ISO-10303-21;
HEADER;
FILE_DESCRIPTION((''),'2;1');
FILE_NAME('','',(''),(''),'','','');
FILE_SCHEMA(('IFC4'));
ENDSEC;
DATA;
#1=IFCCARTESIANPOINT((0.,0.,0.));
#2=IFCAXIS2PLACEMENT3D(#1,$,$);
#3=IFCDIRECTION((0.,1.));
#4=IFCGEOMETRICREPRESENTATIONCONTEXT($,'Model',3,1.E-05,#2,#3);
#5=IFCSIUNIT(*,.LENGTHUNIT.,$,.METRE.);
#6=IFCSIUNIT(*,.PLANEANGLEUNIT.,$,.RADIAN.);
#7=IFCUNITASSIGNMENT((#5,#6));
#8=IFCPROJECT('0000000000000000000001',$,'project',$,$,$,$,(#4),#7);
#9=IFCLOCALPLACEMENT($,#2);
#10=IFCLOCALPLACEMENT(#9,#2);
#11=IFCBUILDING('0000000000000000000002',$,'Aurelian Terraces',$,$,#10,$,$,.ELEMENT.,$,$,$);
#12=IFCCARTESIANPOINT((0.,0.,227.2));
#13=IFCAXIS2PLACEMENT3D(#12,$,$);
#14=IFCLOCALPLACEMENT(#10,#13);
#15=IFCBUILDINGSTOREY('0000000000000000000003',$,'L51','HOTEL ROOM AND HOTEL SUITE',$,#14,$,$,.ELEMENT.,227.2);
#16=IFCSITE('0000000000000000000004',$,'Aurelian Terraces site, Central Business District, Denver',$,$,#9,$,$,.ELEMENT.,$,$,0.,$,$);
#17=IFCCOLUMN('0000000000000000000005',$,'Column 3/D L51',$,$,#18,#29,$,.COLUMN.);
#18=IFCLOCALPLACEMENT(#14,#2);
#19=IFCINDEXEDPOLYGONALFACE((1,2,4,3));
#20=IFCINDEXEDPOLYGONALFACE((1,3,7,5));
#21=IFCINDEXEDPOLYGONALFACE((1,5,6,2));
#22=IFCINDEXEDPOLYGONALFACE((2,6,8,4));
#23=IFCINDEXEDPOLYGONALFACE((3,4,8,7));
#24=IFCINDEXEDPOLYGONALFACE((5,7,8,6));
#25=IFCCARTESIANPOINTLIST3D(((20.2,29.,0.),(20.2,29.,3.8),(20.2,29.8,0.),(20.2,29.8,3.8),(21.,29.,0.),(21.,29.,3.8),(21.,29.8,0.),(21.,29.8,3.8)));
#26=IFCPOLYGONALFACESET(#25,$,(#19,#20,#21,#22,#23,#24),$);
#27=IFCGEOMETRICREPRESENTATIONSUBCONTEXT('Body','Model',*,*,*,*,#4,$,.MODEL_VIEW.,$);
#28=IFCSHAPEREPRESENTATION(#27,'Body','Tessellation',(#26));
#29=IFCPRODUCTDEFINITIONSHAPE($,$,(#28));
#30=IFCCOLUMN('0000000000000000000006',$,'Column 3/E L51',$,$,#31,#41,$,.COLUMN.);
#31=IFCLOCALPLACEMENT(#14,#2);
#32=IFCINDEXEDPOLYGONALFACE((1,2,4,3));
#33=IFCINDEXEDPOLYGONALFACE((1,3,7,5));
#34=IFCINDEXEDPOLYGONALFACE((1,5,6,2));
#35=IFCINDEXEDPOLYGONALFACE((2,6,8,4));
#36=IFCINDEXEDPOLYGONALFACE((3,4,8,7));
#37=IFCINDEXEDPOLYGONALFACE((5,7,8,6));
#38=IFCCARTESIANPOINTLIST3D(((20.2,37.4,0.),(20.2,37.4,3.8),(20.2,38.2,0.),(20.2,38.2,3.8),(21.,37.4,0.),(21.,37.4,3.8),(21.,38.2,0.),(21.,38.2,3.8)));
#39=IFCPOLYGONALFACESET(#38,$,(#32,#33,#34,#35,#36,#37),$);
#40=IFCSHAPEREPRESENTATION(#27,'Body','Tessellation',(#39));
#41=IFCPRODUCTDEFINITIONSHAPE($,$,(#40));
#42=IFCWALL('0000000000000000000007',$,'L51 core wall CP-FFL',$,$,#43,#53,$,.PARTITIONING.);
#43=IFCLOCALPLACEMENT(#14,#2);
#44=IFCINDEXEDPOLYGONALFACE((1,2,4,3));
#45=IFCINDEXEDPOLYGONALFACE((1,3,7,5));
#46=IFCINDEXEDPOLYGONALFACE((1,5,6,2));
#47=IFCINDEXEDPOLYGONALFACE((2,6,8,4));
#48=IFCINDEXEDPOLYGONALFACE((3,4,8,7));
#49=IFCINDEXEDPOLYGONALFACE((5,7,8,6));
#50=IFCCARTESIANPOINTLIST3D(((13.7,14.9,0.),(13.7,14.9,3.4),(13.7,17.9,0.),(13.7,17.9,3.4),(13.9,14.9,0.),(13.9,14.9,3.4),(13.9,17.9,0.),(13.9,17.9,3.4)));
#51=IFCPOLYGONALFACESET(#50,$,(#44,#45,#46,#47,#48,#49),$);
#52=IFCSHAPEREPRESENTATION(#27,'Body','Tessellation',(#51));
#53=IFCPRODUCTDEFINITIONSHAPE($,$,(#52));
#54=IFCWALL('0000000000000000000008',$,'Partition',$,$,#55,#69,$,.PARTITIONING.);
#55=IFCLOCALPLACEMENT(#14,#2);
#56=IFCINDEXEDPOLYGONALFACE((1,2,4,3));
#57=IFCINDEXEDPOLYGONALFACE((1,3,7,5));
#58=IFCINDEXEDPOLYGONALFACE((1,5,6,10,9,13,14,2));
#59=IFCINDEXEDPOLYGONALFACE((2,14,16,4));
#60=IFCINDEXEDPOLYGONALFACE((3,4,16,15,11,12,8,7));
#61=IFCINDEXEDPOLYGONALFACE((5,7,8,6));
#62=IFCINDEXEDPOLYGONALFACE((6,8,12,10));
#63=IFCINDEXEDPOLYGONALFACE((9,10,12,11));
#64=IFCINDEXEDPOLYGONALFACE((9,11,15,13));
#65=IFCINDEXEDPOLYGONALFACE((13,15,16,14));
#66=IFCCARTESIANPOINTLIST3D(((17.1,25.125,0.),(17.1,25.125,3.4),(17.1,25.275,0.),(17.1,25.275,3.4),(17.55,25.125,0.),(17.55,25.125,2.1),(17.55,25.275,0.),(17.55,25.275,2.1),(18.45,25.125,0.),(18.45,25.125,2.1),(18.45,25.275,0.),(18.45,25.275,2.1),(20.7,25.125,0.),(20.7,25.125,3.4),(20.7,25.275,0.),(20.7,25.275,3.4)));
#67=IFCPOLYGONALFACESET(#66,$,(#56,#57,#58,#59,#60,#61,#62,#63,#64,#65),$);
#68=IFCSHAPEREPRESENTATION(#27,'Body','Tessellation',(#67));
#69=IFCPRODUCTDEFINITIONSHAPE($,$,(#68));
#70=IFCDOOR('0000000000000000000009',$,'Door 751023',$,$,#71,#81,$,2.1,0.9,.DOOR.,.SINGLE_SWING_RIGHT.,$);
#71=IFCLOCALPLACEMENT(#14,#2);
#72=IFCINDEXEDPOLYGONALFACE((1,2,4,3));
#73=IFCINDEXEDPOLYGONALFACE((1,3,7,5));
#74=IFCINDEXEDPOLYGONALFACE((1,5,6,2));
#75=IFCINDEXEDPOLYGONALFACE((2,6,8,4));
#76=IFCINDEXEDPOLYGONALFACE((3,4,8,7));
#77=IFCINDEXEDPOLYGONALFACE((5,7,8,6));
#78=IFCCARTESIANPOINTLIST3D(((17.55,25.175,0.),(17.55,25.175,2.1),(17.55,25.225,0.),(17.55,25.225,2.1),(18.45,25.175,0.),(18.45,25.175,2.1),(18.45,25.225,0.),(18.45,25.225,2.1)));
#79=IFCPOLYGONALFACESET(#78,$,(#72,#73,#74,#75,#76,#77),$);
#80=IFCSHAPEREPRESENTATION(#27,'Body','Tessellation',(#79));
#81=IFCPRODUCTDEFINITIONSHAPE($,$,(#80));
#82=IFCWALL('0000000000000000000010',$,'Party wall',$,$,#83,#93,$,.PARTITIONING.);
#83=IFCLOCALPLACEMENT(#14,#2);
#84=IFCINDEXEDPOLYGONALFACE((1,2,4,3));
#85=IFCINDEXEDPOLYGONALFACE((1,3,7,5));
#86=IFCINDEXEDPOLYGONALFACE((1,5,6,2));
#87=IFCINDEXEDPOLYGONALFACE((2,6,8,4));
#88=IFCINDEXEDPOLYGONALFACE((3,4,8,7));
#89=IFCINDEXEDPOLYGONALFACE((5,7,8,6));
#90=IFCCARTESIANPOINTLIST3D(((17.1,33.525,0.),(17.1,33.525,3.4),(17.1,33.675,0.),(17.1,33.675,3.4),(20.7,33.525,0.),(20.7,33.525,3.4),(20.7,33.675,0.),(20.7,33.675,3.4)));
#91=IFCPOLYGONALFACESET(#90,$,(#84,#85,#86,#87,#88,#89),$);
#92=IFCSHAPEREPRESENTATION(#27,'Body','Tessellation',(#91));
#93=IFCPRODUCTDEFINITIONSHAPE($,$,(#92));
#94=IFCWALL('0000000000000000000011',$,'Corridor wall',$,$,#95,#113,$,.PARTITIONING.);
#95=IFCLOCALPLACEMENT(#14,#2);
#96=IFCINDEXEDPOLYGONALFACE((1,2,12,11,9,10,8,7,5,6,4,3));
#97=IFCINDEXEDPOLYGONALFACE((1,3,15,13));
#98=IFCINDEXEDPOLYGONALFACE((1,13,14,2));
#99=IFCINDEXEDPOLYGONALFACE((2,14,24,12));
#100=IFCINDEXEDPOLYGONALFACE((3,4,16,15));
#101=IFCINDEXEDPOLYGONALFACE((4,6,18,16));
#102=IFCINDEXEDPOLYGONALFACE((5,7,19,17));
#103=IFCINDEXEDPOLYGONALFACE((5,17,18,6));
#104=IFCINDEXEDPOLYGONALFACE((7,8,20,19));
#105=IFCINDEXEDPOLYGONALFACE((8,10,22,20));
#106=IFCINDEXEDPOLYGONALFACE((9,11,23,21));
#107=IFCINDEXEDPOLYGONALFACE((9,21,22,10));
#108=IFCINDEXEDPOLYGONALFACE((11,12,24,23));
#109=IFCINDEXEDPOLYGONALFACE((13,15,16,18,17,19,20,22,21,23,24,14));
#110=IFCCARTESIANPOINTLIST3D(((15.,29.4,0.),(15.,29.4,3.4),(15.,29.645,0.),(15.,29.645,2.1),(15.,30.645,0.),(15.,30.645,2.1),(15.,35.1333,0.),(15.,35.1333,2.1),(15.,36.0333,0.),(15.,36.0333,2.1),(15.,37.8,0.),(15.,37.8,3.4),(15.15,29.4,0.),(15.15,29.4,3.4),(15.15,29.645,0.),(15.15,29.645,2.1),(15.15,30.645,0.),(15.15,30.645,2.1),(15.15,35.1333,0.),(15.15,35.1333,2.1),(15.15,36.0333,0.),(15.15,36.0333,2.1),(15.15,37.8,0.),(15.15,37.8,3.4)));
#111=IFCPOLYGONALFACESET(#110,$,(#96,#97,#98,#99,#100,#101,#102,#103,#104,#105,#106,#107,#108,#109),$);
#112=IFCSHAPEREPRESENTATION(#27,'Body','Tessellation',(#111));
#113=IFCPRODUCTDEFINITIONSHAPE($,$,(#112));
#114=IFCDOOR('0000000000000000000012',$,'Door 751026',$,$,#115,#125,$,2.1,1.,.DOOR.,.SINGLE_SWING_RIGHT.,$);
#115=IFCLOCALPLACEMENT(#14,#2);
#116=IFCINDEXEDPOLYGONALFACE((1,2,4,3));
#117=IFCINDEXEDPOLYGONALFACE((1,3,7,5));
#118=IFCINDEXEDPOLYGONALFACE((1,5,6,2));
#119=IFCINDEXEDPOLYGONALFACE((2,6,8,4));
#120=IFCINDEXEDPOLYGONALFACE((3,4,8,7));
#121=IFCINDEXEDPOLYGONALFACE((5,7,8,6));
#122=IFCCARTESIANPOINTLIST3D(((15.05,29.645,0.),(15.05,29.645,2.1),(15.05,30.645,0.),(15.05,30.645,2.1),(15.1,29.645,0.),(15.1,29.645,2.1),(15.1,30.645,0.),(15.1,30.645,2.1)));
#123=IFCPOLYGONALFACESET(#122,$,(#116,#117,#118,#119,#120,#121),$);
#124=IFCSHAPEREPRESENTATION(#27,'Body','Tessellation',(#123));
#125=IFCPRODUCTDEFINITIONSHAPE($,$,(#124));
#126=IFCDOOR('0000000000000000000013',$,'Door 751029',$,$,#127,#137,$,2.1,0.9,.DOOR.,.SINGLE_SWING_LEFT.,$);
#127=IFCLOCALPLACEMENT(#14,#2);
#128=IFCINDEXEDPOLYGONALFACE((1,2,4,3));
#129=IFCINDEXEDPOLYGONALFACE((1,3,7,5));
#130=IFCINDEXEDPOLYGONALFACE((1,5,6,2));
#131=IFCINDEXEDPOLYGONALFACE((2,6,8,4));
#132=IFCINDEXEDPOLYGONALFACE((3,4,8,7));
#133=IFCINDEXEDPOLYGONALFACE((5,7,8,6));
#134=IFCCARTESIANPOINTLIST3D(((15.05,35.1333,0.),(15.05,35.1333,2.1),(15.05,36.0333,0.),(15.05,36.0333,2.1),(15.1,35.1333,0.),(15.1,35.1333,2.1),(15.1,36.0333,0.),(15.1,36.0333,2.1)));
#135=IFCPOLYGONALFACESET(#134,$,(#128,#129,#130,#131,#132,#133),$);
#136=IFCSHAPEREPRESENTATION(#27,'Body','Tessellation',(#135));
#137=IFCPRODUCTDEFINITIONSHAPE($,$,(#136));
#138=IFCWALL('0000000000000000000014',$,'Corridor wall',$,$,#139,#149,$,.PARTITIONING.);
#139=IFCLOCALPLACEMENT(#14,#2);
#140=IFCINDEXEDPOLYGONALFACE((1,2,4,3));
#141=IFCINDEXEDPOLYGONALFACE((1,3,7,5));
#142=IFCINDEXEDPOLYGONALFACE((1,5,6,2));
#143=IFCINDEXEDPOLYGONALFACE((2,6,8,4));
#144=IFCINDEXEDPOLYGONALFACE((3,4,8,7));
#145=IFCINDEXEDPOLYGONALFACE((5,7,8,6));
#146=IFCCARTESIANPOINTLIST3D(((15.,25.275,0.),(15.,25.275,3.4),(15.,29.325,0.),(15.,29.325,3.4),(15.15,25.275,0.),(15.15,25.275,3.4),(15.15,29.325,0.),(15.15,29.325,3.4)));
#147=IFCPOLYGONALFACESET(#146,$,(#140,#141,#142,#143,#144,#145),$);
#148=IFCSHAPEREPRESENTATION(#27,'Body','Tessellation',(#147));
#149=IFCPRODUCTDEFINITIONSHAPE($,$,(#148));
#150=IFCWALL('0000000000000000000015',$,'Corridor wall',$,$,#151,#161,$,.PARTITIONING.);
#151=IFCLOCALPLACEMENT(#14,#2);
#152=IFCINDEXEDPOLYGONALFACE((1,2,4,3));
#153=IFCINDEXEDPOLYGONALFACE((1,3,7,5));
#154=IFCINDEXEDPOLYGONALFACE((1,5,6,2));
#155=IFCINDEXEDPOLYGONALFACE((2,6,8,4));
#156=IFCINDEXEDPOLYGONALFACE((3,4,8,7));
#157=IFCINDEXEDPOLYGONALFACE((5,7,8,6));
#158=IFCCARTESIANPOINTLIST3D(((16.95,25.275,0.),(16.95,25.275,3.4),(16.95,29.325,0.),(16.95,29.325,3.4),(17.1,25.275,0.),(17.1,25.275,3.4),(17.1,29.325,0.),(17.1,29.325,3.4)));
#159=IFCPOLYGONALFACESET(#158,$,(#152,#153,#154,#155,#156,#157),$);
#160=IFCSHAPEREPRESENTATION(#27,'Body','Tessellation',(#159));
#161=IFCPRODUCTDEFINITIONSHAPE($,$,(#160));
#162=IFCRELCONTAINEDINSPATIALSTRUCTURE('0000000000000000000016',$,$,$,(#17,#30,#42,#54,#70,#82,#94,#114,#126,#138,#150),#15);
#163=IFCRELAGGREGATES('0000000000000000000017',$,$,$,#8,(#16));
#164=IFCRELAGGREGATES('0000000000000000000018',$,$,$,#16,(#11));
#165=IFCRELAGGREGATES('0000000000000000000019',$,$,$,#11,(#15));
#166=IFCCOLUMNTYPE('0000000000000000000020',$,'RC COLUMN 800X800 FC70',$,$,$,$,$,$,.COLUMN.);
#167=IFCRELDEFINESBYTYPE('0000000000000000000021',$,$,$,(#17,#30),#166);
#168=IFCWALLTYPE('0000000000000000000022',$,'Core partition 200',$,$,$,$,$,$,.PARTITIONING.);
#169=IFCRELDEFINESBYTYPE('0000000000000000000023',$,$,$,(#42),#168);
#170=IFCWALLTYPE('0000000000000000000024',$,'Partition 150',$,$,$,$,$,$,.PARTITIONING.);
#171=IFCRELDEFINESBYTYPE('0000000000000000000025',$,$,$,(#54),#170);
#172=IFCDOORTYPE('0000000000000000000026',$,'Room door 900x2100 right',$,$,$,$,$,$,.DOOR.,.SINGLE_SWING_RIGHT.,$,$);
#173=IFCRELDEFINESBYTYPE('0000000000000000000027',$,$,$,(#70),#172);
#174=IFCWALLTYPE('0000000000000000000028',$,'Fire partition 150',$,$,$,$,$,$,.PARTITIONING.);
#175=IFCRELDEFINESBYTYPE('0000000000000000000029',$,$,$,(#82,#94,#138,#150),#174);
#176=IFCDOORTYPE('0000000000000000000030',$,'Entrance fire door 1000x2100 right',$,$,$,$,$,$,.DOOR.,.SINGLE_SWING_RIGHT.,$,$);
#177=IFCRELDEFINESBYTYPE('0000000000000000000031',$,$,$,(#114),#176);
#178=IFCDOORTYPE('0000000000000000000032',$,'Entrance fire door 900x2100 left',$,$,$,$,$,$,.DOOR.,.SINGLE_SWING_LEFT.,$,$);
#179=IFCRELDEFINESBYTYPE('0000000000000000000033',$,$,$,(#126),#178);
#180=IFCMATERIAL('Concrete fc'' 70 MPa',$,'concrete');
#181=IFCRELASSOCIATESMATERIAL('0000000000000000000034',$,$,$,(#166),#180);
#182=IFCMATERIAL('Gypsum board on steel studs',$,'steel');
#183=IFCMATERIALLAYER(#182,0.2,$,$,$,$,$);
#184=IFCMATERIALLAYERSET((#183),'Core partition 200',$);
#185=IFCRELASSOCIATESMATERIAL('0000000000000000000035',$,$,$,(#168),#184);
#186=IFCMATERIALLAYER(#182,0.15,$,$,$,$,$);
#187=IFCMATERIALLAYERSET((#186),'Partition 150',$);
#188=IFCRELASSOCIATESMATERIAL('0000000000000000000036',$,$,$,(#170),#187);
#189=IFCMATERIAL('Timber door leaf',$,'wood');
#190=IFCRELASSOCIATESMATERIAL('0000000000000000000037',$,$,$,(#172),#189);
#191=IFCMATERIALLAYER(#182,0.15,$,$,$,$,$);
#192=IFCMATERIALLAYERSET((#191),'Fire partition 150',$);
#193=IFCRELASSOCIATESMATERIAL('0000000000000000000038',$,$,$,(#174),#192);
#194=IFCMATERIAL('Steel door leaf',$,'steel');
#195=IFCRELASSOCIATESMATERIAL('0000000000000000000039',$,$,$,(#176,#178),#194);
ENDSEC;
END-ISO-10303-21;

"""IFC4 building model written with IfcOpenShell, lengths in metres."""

from ifc_helpers import new_model, si_unit, direction, frame, frame_2d, origin, origin_2d, place, context, subcontext, project, spatial, rectangle, extrude, source, transform, mapped, material, layer, layer_set, material_profile, profile_set, type_object, element, fill, save


model = new_model("IFC4")

# Units and contexts
model_context = context("Model", 3, precision=1e-05, world=origin(), true_north=direction((0.0, 1.0)))
body_context = subcontext(model_context, "Body", "Model", "MODEL_VIEW")
ifc_project = project(units=[si_unit("LENGTHUNIT", "METRE"), si_unit("PLANEANGLEUNIT", "RADIAN")], contexts=[model_context])

# Site, building, storey
site_placement = place(None, origin())
site = spatial("IfcSite", under=ifc_project, at=site_placement, Name="Aurelian Terraces site, Central Business District, Denver", CompositionType="ELEMENT", RefElevation=0.0)
building_placement = place(site_placement, origin())
building = spatial("IfcBuilding", under=site, at=building_placement, Name="Aurelian Terraces", CompositionType="ELEMENT")
storey_placement = place(building_placement, frame((0.0, 0.0, 227.2)))
storey = spatial("IfcBuildingStorey", under=building, at=storey_placement, Name="L51", Description="HOTEL ROOM AND HOTEL SUITE", CompositionType="ELEMENT", Elevation=227.2)

# Columns
ifc_material_1 = material(Name="Concrete fc' 70 MPa", Category="concrete")
ifc_material_profile = material_profile(ifc_material_1, rectangle(XDim=0.8, YDim=0.8, at=origin_2d()))
ifc_profile_set = profile_set([ifc_material_profile], Name="Concrete fc' 70 MPa")
column_type = type_object("IfcColumnType", Name="RC COLUMN 800X800 FC70", PredefinedType="COLUMN", material=ifc_profile_set)
shared_shape_1 = source(origin(), body_context, "Body", "SweptSolid", [
    extrude(rectangle(XDim=0.8, YDim=0.8, at=origin_2d()), origin(), (0.0, 0.0, 1.0), 3.8),
])
for number, where, z_axis, x_axis, name in (
    (1, (20.6, 29.4, 0.0), (0.0, 0.0, 1.0), (1.0, 0.0, 0.0), "Column 3/D L51"),
    (2, (20.6, 37.8, 0.0), (0.0, 0.0, 1.0), (1.0, 0.0, 0.0), "Column 3/E L51"),
):
    element("IfcColumn", number, at=place(storey_placement, frame(where, z_axis=z_axis, x_axis=x_axis)), inside=storey, type_object=column_type, Name=name, PredefinedType="COLUMN", context=body_context, shape_type="MappedRepresentation", body=[
        mapped(shared_shape_1, transform((0.0, 0.0, 0.0), scale=1.0)),
    ])

# Wall
ifc_material_2 = material(Name="Gypsum board on steel studs", Category="steel")
ifc_layer_1 = layer(ifc_material_2, 0.2)
ifc_layer_set_1 = layer_set([ifc_layer_1], Name="Core partition 200")
wall_type_1 = type_object("IfcWallType", Name="Core partition 200", PredefinedType="PARTITIONING", material=ifc_layer_set_1)
shared_shape_2 = source(origin(), body_context, "Body", "SweptSolid", [
    extrude(rectangle(XDim=3.0, YDim=0.2, at=frame_2d((1.5, 0.0))), origin(), (0.0, 0.0, 1.0), 3.4),
])
wall_1_placement = place(storey_placement, frame((13.8, 14.9, 0.0), z_axis=(0.0, 0.0, 1.0), x_axis=(0.0, 1.0, 0.0)))
element("IfcWall", 3, at=wall_1_placement, inside=storey, type_object=wall_type_1, Name="L51 core wall CP-FFL", PredefinedType="PARTITIONING", context=body_context, shape_type="MappedRepresentation", body=[
    mapped(shared_shape_2, transform((0.0, 0.0, 0.0), scale=1.0)),
])

# Wall, opening, door
ifc_layer_2 = layer(ifc_material_2, 0.15)
ifc_layer_set_2 = layer_set([ifc_layer_2], Name="Partition 150")
wall_type_2 = type_object("IfcWallType", Name="Partition 150", PredefinedType="PARTITIONING", material=ifc_layer_set_2)
shared_shape_3 = source(origin(), body_context, "Body", "SweptSolid", [
    extrude(rectangle(XDim=3.6, YDim=0.15, at=frame_2d((1.8, 0.0))), origin(), (0.0, 0.0, 1.0), 3.4),
])
wall_2_placement = place(storey_placement, frame((17.1, 25.2, 0.0), z_axis=(0.0, 0.0, 1.0), x_axis=(1.0, 0.0, 0.0)))
wall_2 = element("IfcWall", 4, at=wall_2_placement, inside=storey, type_object=wall_type_2, Name="Partition", PredefinedType="PARTITIONING", context=body_context, shape_type="MappedRepresentation", body=[
    mapped(shared_shape_3, transform((0.0, 0.0, 0.0), scale=1.0)),
])
shared_shape_4 = source(origin(), body_context, "Body", "SweptSolid", [
    extrude(rectangle(XDim=0.9, YDim=2.1, at=frame_2d((0.45, 1.05))), frame((0.0, 0.085, 0.0), z_axis=(0.0, -1.0, 0.0), x_axis=(1.0, 0.0, 0.0)), (0.0, 0.0, 1.0), 0.17),
])
opening_1_placement = place(wall_2_placement, frame((0.45, 0.0, 0.0)))
opening_1 = element("IfcOpeningElement", 5, at=opening_1_placement, cuts=wall_2, PredefinedType="OPENING", context=body_context, shape_type="MappedRepresentation", body=[
    mapped(shared_shape_4, transform((0.0, 0.0, 0.0), scale=1.0)),
])
ifc_material_3 = material(Name="Timber door leaf", Category="wood")
door_type_1 = type_object("IfcDoorType", Name="Room door 900x2100 right", OperationType="SINGLE_SWING_RIGHT", PredefinedType="DOOR", material=ifc_material_3)
shared_shape_5 = source(origin(), body_context, "Body", "SweptSolid", [
    extrude(rectangle(XDim=0.9, YDim=2.1, at=frame_2d((0.45, 1.05))), frame((0.0, 0.025, 0.0), z_axis=(0.0, -1.0, 0.0), x_axis=(1.0, 0.0, 0.0)), (0.0, 0.0, 1.0), 0.05),
])
door_1_placement = place(opening_1_placement, origin())
door_1 = element("IfcDoor", 6, at=door_1_placement, inside=storey, type_object=door_type_1, Name="Door 751023", OperationType="SINGLE_SWING_RIGHT", OverallHeight=2.1, OverallWidth=0.9, PredefinedType="DOOR", context=body_context, shape_type="MappedRepresentation", body=[
    mapped(shared_shape_5, transform((0.0, 0.0, 0.0), scale=1.0)),
])
fill(opening_1, door_1)

# Wall
ifc_layer_3 = layer(ifc_material_2, 0.15)
ifc_layer_set_3 = layer_set([ifc_layer_3], Name="Fire partition 150")
wall_type_3 = type_object("IfcWallType", Name="Fire partition 150", PredefinedType="PARTITIONING", material=ifc_layer_set_3)
wall_3_placement = place(storey_placement, frame((20.7, 33.6, 0.0), z_axis=(0.0, 0.0, 1.0), x_axis=(-1.0, 0.0, 0.0)))
element("IfcWall", 7, at=wall_3_placement, inside=storey, type_object=wall_type_3, Name="Party wall", PredefinedType="PARTITIONING", context=body_context, shape_type="MappedRepresentation", body=[
    mapped(shared_shape_3, transform((0.0, 0.0, 0.0), scale=1.0)),
])

# Wall, openings, doors
shared_shape_6 = source(origin(), body_context, "Body", "SweptSolid", [
    extrude(rectangle(XDim=8.4, YDim=0.15, at=frame_2d((4.2, 0.0))), origin(), (0.0, 0.0, 1.0), 3.4),
])
wall_4_placement = place(storey_placement, frame((15.075, 29.4, 0.0), z_axis=(0.0, 0.0, 1.0), x_axis=(0.0, 1.0, 0.0)))
wall_4 = element("IfcWall", 8, at=wall_4_placement, inside=storey, type_object=wall_type_3, Name="Corridor wall", PredefinedType="PARTITIONING", context=body_context, shape_type="MappedRepresentation", body=[
    mapped(shared_shape_6, transform((0.0, 0.0, 0.0), scale=1.0)),
])
shared_shape_7 = source(origin(), body_context, "Body", "SweptSolid", [
    extrude(rectangle(XDim=1.0, YDim=2.1, at=frame_2d((0.5, 1.05))), frame((0.0, 0.085, 0.0), z_axis=(0.0, -1.0, 0.0), x_axis=(1.0, 0.0, 0.0)), (0.0, 0.0, 1.0), 0.17),
])
opening_2_placement = place(wall_4_placement, frame((0.245, 0.0, 0.0)))
opening_2 = element("IfcOpeningElement", 9, at=opening_2_placement, cuts=wall_4, PredefinedType="OPENING", context=body_context, shape_type="MappedRepresentation", body=[
    mapped(shared_shape_7, transform((0.0, 0.0, 0.0), scale=1.0)),
])
opening_3_placement = place(wall_4_placement, frame((5.7333, 0.0, 0.0)))
opening_3 = element("IfcOpeningElement", 10, at=opening_3_placement, cuts=wall_4, PredefinedType="OPENING", context=body_context, shape_type="MappedRepresentation", body=[
    mapped(shared_shape_4, transform((0.0, 0.0, 0.0), scale=1.0)),
])
ifc_material_4 = material(Name="Steel door leaf", Category="steel")
door_type_2 = type_object("IfcDoorType", Name="Entrance fire door 1000x2100 right", OperationType="SINGLE_SWING_RIGHT", PredefinedType="DOOR", material=ifc_material_4)
shared_shape_8 = source(origin(), body_context, "Body", "SweptSolid", [
    extrude(rectangle(XDim=1.0, YDim=2.1, at=frame_2d((0.5, 1.05))), frame((0.0, 0.025, 0.0), z_axis=(0.0, -1.0, 0.0), x_axis=(1.0, 0.0, 0.0)), (0.0, 0.0, 1.0), 0.05),
])
door_2_placement = place(opening_2_placement, origin())
door_2 = element("IfcDoor", 11, at=door_2_placement, inside=storey, type_object=door_type_2, Name="Door 751026", OperationType="SINGLE_SWING_RIGHT", OverallHeight=2.1, OverallWidth=1.0, PredefinedType="DOOR", context=body_context, shape_type="MappedRepresentation", body=[
    mapped(shared_shape_8, transform((0.0, 0.0, 0.0), scale=1.0)),
])
fill(opening_2, door_2)
door_type_3 = type_object("IfcDoorType", Name="Entrance fire door 900x2100 left", OperationType="SINGLE_SWING_LEFT", PredefinedType="DOOR", material=ifc_material_4)
door_3_placement = place(opening_3_placement, origin())
door_3 = element("IfcDoor", 12, at=door_3_placement, inside=storey, type_object=door_type_3, Name="Door 751029", OperationType="SINGLE_SWING_LEFT", OverallHeight=2.1, OverallWidth=0.9, PredefinedType="DOOR", context=body_context, shape_type="MappedRepresentation", body=[
    mapped(shared_shape_5, transform((0.0, 0.0, 0.0), scale=1.0)),
])
fill(opening_3, door_3)

# Walls
shared_shape_9 = source(origin(), body_context, "Body", "SweptSolid", [
    extrude(rectangle(XDim=4.05, YDim=0.15, at=frame_2d((2.025, 0.0))), origin(), (0.0, 0.0, 1.0), 3.4),
])
for number, where, z_axis, x_axis, name in (
    (13, (15.075, 25.275, 0.0), (0.0, 0.0, 1.0), (0.0, 1.0, 0.0), "Corridor wall"),
    (14, (17.025, 29.325, 0.0), (0.0, 0.0, 1.0), (0.0, -1.0, 0.0), "Corridor wall"),
):
    element("IfcWall", number, at=place(storey_placement, frame(where, z_axis=z_axis, x_axis=x_axis)), inside=storey, type_object=wall_type_3, Name=name, PredefinedType="PARTITIONING", context=body_context, shape_type="MappedRepresentation", body=[
        mapped(shared_shape_9, transform((0.0, 0.0, 0.0), scale=1.0)),
    ])

save(model, "model.ifc")
